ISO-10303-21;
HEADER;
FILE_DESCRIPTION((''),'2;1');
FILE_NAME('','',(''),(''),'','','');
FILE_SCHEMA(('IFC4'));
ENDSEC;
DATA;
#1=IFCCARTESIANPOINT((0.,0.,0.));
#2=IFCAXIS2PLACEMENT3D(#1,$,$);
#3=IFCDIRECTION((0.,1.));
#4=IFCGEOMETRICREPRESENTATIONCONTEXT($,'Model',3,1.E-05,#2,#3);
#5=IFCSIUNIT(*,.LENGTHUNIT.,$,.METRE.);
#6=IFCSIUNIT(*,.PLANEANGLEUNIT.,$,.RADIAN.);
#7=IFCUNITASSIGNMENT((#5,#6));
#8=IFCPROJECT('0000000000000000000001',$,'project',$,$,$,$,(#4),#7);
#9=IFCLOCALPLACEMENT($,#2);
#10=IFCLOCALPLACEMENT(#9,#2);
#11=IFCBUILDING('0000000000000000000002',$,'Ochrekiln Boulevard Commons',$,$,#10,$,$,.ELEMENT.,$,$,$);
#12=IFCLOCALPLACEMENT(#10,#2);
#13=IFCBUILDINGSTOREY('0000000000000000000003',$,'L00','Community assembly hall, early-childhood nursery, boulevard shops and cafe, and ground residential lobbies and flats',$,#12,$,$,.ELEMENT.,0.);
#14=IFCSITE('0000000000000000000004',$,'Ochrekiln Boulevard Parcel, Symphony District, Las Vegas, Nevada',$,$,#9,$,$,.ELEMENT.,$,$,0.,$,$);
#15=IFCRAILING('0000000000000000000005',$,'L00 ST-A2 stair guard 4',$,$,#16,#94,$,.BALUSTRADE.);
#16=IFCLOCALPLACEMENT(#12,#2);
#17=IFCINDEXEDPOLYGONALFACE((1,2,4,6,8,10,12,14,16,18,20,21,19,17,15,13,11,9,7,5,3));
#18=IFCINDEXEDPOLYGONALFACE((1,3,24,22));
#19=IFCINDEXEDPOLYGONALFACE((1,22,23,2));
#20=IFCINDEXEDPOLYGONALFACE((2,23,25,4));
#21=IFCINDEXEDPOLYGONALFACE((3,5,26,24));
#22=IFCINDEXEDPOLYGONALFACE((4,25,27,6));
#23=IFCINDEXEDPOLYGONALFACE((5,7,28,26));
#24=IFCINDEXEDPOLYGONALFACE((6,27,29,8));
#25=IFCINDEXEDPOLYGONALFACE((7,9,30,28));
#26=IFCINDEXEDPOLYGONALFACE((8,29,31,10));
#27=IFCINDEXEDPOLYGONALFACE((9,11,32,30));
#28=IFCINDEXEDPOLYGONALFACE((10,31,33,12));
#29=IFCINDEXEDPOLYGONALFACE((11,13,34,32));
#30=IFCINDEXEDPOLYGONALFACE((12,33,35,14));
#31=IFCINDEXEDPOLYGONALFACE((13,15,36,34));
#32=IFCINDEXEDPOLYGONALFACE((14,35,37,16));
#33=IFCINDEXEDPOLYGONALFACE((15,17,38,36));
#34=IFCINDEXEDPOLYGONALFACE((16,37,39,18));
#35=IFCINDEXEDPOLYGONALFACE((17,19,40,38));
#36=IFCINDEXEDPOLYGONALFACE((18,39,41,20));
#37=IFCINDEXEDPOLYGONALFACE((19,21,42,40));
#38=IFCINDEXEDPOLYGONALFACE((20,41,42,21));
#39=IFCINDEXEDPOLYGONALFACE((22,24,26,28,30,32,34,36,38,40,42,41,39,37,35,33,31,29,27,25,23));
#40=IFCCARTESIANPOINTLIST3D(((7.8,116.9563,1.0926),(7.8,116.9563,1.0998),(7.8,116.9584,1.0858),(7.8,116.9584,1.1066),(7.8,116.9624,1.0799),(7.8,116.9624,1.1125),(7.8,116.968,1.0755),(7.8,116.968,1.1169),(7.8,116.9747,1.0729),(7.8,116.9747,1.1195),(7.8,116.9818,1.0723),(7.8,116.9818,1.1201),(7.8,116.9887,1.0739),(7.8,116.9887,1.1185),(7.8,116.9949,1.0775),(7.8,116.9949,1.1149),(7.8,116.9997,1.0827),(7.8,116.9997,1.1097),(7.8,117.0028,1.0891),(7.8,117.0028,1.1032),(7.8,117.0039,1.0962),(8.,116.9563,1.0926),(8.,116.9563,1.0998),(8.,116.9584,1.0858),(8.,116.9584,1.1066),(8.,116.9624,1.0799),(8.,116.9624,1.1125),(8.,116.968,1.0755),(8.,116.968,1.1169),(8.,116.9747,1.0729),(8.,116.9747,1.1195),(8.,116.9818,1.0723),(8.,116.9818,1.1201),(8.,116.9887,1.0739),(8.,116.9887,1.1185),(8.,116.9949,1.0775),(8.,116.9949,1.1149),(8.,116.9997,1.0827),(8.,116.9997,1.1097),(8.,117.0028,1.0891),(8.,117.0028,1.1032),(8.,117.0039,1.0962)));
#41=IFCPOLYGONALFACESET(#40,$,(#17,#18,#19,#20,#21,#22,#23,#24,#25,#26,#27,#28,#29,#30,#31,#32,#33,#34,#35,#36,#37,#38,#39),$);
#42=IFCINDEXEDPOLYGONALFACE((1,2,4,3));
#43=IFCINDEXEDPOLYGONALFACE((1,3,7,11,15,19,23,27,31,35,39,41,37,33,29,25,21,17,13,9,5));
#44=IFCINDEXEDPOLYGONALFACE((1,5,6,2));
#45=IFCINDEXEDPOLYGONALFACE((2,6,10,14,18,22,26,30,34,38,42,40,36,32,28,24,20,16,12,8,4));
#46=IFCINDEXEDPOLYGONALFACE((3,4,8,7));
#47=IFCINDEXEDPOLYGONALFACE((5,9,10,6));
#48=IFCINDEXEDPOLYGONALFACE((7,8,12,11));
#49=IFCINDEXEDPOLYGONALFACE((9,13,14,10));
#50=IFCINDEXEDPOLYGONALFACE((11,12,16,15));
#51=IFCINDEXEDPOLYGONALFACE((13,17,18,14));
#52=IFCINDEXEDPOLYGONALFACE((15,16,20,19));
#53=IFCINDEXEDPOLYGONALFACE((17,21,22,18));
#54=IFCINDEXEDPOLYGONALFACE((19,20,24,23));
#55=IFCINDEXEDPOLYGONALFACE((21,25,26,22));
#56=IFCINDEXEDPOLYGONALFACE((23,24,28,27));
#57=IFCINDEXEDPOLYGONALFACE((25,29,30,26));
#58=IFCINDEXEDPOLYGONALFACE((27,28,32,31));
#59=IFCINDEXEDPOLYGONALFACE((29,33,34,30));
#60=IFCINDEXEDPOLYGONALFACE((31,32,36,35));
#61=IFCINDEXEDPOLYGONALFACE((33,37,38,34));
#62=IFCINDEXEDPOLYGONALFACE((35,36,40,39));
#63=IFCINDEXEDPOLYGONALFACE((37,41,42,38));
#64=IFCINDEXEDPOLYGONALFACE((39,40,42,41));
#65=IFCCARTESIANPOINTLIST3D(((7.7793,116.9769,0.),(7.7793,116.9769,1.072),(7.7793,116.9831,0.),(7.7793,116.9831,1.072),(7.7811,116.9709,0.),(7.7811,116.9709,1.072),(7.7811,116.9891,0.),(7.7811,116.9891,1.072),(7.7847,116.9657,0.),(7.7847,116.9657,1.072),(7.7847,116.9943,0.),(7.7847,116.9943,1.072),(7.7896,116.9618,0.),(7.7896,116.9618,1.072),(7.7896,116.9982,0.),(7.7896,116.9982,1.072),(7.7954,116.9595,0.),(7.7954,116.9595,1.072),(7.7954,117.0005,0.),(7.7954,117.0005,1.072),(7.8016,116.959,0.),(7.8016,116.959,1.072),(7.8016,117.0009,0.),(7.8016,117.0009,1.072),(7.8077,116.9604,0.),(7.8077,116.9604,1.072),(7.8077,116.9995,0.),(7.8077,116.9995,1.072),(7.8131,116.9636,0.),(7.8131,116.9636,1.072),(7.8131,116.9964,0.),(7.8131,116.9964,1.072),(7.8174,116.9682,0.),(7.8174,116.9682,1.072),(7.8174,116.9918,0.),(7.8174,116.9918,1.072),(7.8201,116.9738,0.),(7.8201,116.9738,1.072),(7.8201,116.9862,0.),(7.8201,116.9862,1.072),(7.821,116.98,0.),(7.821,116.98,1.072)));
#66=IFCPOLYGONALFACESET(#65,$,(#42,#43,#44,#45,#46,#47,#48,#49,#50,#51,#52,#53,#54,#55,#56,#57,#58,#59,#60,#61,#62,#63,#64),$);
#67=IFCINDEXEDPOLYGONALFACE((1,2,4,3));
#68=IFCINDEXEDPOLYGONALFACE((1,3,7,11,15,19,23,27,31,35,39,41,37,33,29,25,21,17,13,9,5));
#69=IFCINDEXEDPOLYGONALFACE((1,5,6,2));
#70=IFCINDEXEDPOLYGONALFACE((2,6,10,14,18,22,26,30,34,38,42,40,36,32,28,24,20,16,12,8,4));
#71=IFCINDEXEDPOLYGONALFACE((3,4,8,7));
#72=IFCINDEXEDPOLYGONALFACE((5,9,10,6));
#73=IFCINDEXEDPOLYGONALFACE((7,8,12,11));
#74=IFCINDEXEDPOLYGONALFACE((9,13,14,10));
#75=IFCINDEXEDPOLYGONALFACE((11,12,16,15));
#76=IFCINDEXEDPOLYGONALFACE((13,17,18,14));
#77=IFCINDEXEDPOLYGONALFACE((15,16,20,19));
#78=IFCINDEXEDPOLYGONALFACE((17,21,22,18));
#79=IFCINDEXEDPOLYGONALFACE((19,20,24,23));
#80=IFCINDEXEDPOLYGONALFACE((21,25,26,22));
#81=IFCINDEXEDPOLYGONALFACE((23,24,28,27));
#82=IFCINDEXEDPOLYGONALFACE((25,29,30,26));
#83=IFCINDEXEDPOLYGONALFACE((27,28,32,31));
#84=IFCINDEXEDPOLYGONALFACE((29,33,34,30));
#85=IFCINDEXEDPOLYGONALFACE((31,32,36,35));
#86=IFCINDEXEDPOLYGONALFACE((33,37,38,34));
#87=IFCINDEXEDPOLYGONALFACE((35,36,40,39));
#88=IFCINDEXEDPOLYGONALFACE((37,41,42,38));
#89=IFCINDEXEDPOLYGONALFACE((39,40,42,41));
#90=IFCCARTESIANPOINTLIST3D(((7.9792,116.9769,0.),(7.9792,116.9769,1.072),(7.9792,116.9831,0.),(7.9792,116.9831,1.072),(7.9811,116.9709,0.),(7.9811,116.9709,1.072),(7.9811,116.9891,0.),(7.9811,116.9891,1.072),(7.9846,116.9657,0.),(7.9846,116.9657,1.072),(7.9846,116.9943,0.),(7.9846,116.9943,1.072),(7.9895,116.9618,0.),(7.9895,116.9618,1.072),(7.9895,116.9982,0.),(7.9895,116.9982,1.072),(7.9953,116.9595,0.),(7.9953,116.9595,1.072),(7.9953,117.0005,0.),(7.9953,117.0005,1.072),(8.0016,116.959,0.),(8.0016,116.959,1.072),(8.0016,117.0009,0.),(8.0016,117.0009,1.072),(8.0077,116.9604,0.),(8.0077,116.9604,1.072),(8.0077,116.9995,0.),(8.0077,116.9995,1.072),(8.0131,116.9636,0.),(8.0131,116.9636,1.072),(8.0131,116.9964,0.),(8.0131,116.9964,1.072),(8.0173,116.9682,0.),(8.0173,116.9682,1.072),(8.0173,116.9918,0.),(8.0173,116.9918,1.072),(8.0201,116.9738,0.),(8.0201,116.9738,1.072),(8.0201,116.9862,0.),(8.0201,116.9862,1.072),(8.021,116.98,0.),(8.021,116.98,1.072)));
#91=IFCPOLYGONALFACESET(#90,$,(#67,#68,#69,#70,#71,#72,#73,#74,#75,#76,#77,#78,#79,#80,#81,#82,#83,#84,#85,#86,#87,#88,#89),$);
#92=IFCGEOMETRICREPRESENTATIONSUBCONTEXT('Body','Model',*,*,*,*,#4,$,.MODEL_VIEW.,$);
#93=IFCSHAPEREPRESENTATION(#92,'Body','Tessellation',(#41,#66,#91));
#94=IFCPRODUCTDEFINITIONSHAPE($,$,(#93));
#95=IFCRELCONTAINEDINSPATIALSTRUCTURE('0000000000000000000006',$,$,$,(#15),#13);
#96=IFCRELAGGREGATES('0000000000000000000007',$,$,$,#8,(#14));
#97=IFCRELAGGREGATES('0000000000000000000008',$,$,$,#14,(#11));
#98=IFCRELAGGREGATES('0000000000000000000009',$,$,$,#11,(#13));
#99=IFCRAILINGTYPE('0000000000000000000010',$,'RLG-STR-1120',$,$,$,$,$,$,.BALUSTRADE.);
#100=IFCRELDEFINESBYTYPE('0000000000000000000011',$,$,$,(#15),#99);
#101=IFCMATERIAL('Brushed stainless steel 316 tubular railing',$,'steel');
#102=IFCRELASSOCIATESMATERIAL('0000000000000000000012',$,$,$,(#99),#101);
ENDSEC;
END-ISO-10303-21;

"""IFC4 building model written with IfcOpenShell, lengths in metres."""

from ifc_helpers import new_model, si_unit, direction, frame, origin, origin_2d, place, context, subcontext, project, spatial, circle, extrude, material, type_object, element, save


model = new_model("IFC4")

# Units and contexts
model_context = context("Model", 3, precision=1e-05, world=origin(), true_north=direction((0.0, 1.0)))
body_context = subcontext(model_context, "Body", "Model", "MODEL_VIEW")
ifc_project = project(units=[si_unit("LENGTHUNIT", "METRE"), si_unit("PLANEANGLEUNIT", "RADIAN")], contexts=[model_context])

# Site, building, storey
site_placement = place(None, origin())
site = spatial("IfcSite", under=ifc_project, at=site_placement, Name="Ochrekiln Boulevard Parcel, Symphony District, Las Vegas, Nevada", CompositionType="ELEMENT", RefElevation=0.0)
building_placement = place(site_placement, origin())
building = spatial("IfcBuilding", under=site, at=building_placement, Name="Ochrekiln Boulevard Commons", CompositionType="ELEMENT")
storey_placement = place(building_placement, origin())
storey = spatial("IfcBuildingStorey", under=building, at=storey_placement, Name="L00", Description="Community assembly hall, early-childhood nursery, boulevard shops and cafe, and ground residential lobbies and flats", CompositionType="ELEMENT", Elevation=0.0)

# Railing
ifc_material_1 = material(Name="Brushed stainless steel 316 tubular railing", Category="steel")
railing_type_1 = type_object("IfcRailingType", Name="RLG-STR-1120", PredefinedType="BALUSTRADE", material=ifc_material_1)
railing_1_placement = place(storey_placement, frame((7.8, 116.98, 0.0)))
element("IfcRailing", 1, at=railing_1_placement, inside=storey, type_object=railing_type_1, Name="L00 ST-A2 stair guard 4", PredefinedType="BALUSTRADE", context=body_context, shape_type="SweptSolid", body=[
    extrude(circle(Radius=0.0239, at=origin_2d()), frame((0.0, 0.0, 1.0962), z_axis=(1.0, 0.0, 0.0), x_axis=(0.0, 1.0, 0.0)), (0.0, 0.0, 1.0), 0.2),
    extrude(circle(Radius=0.021, at=origin_2d()), origin(), (0.0, 0.0, 1.0), 1.072),
    extrude(circle(Radius=0.021, at=origin_2d()), frame((0.2, 0.0, 0.0)), (0.0, 0.0, 1.0), 1.072),
])

save(model, "model.ifc")
